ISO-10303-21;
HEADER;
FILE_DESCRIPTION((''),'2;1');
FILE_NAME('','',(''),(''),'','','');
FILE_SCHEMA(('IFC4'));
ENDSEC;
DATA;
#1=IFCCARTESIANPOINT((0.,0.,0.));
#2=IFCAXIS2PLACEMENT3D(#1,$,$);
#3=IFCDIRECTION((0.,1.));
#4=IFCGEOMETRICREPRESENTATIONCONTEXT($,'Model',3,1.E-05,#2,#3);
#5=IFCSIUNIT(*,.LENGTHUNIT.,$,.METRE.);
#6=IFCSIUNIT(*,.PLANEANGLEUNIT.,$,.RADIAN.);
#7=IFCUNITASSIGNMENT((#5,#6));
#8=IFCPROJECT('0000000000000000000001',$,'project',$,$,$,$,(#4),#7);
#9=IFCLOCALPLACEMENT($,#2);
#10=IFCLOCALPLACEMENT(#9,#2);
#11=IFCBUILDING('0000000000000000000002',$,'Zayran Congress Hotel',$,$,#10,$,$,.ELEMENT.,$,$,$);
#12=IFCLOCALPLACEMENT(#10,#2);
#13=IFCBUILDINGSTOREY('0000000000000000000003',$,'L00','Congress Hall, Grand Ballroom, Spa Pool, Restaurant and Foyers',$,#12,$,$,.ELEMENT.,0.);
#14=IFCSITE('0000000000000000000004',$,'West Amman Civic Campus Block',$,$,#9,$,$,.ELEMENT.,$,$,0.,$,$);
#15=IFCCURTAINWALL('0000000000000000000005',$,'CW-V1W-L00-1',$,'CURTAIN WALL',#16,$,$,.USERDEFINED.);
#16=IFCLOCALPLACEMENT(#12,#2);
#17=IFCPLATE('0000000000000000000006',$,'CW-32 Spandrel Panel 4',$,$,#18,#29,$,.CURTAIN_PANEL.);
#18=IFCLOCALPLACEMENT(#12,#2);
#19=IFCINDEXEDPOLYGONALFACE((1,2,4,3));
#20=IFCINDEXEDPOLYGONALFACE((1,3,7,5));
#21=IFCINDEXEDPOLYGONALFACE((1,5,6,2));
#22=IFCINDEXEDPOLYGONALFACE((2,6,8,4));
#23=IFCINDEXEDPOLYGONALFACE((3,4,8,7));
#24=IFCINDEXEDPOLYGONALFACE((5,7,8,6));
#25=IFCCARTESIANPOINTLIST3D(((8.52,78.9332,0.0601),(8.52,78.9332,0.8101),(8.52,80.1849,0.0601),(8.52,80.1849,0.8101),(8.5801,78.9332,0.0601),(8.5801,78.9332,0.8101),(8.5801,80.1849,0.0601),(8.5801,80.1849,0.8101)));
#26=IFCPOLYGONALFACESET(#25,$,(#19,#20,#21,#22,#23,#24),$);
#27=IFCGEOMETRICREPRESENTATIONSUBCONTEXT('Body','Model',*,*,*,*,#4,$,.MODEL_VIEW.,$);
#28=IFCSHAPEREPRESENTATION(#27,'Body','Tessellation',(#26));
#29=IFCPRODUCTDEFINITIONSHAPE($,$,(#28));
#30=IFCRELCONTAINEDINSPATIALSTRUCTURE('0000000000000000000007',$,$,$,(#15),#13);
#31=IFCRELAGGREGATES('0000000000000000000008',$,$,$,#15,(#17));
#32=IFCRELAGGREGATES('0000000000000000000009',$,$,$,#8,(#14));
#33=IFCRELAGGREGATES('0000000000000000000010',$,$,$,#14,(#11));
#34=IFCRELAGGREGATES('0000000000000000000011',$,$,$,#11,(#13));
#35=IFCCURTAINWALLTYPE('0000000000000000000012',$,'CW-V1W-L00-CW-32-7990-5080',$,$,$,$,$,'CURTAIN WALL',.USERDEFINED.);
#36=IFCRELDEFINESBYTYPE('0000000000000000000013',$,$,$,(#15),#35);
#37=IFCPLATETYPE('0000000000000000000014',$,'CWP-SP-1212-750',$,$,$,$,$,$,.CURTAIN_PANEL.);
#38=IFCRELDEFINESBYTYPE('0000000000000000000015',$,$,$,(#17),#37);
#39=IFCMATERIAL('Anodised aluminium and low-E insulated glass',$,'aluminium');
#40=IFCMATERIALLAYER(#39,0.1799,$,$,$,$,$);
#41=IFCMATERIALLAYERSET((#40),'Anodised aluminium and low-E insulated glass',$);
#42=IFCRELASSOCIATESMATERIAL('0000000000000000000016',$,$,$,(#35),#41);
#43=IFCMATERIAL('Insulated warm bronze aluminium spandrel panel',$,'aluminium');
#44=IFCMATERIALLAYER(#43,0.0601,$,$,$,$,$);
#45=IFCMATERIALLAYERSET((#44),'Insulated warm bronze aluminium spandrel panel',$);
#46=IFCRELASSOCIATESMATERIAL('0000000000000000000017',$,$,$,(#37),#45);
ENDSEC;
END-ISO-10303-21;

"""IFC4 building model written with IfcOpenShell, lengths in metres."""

from ifc_helpers import new_model, si_unit, direction, frame, origin, origin_2d, place, context, subcontext, project, spatial, rectangle, extrude, material, layer, layer_set, type_object, element, aggregate, save


model = new_model("IFC4")

# Units and contexts
model_context = context("Model", 3, precision=1e-05, world=origin(), true_north=direction((0.0, 1.0)))
body_context = subcontext(model_context, "Body", "Model", "MODEL_VIEW")
ifc_project = project(units=[si_unit("LENGTHUNIT", "METRE"), si_unit("PLANEANGLEUNIT", "RADIAN")], contexts=[model_context])

# Site, building, storey
site_placement = place(None, origin())
site = spatial("IfcSite", under=ifc_project, at=site_placement, Name="West Amman Civic Campus Block", CompositionType="ELEMENT", RefElevation=0.0)
building_placement = place(site_placement, origin())
building = spatial("IfcBuilding", under=site, at=building_placement, Name="Zayran Congress Hotel", CompositionType="ELEMENT")
storey_placement = place(building_placement, origin())
storey = spatial("IfcBuildingStorey", under=building, at=storey_placement, Name="L00", Description="Congress Hall, Grand Ballroom, Spa Pool, Restaurant and Foyers", CompositionType="ELEMENT", Elevation=0.0)

# Curtain wall, plate
ifc_material_1 = material(Name="Anodised aluminium and low-E insulated glass", Category="aluminium")
ifc_layer_1 = layer(ifc_material_1, 0.1799)
ifc_layer_set_1 = layer_set([ifc_layer_1], Name="Anodised aluminium and low-E insulated glass")
curtain_wall_type = type_object("IfcCurtainWallType", Name="CW-V1W-L00-CW-32-7990-5080", ElementType="CURTAIN WALL", PredefinedType="USERDEFINED", material=ifc_layer_set_1)
curtain_wall_placement = place(storey_placement, origin())
curtain_wall = element("IfcCurtainWall", 1, at=curtain_wall_placement, inside=storey, type_object=curtain_wall_type, Name="CW-V1W-L00-1", ObjectType="CURTAIN WALL", PredefinedType="USERDEFINED")
ifc_material_2 = material(Name="Insulated warm bronze aluminium spandrel panel", Category="aluminium")
ifc_layer_2 = layer(ifc_material_2, 0.0601)
ifc_layer_set_2 = layer_set([ifc_layer_2], Name="Insulated warm bronze aluminium spandrel panel")
plate_type_1 = type_object("IfcPlateType", Name="CWP-SP-1212-750", PredefinedType="CURTAIN_PANEL", material=ifc_layer_set_2)
plate_1_placement = place(storey_placement, frame((8.55, 79.5591, 0.0601), z_axis=(0.0, 0.0, 1.0), x_axis=(0.0, 1.0, 0.0)))
plate_1 = element("IfcPlate", 2, at=plate_1_placement, type_object=plate_type_1, Name="CW-32 Spandrel Panel 4", PredefinedType="CURTAIN_PANEL", context=body_context, shape_type="SweptSolid", body=[
    extrude(rectangle(XDim=1.2517, YDim=0.0601, at=origin_2d()), origin(), (0.0, 0.0, 1.0), 0.75),
])
aggregate(curtain_wall, [plate_1])

save(model, "model.ifc")
